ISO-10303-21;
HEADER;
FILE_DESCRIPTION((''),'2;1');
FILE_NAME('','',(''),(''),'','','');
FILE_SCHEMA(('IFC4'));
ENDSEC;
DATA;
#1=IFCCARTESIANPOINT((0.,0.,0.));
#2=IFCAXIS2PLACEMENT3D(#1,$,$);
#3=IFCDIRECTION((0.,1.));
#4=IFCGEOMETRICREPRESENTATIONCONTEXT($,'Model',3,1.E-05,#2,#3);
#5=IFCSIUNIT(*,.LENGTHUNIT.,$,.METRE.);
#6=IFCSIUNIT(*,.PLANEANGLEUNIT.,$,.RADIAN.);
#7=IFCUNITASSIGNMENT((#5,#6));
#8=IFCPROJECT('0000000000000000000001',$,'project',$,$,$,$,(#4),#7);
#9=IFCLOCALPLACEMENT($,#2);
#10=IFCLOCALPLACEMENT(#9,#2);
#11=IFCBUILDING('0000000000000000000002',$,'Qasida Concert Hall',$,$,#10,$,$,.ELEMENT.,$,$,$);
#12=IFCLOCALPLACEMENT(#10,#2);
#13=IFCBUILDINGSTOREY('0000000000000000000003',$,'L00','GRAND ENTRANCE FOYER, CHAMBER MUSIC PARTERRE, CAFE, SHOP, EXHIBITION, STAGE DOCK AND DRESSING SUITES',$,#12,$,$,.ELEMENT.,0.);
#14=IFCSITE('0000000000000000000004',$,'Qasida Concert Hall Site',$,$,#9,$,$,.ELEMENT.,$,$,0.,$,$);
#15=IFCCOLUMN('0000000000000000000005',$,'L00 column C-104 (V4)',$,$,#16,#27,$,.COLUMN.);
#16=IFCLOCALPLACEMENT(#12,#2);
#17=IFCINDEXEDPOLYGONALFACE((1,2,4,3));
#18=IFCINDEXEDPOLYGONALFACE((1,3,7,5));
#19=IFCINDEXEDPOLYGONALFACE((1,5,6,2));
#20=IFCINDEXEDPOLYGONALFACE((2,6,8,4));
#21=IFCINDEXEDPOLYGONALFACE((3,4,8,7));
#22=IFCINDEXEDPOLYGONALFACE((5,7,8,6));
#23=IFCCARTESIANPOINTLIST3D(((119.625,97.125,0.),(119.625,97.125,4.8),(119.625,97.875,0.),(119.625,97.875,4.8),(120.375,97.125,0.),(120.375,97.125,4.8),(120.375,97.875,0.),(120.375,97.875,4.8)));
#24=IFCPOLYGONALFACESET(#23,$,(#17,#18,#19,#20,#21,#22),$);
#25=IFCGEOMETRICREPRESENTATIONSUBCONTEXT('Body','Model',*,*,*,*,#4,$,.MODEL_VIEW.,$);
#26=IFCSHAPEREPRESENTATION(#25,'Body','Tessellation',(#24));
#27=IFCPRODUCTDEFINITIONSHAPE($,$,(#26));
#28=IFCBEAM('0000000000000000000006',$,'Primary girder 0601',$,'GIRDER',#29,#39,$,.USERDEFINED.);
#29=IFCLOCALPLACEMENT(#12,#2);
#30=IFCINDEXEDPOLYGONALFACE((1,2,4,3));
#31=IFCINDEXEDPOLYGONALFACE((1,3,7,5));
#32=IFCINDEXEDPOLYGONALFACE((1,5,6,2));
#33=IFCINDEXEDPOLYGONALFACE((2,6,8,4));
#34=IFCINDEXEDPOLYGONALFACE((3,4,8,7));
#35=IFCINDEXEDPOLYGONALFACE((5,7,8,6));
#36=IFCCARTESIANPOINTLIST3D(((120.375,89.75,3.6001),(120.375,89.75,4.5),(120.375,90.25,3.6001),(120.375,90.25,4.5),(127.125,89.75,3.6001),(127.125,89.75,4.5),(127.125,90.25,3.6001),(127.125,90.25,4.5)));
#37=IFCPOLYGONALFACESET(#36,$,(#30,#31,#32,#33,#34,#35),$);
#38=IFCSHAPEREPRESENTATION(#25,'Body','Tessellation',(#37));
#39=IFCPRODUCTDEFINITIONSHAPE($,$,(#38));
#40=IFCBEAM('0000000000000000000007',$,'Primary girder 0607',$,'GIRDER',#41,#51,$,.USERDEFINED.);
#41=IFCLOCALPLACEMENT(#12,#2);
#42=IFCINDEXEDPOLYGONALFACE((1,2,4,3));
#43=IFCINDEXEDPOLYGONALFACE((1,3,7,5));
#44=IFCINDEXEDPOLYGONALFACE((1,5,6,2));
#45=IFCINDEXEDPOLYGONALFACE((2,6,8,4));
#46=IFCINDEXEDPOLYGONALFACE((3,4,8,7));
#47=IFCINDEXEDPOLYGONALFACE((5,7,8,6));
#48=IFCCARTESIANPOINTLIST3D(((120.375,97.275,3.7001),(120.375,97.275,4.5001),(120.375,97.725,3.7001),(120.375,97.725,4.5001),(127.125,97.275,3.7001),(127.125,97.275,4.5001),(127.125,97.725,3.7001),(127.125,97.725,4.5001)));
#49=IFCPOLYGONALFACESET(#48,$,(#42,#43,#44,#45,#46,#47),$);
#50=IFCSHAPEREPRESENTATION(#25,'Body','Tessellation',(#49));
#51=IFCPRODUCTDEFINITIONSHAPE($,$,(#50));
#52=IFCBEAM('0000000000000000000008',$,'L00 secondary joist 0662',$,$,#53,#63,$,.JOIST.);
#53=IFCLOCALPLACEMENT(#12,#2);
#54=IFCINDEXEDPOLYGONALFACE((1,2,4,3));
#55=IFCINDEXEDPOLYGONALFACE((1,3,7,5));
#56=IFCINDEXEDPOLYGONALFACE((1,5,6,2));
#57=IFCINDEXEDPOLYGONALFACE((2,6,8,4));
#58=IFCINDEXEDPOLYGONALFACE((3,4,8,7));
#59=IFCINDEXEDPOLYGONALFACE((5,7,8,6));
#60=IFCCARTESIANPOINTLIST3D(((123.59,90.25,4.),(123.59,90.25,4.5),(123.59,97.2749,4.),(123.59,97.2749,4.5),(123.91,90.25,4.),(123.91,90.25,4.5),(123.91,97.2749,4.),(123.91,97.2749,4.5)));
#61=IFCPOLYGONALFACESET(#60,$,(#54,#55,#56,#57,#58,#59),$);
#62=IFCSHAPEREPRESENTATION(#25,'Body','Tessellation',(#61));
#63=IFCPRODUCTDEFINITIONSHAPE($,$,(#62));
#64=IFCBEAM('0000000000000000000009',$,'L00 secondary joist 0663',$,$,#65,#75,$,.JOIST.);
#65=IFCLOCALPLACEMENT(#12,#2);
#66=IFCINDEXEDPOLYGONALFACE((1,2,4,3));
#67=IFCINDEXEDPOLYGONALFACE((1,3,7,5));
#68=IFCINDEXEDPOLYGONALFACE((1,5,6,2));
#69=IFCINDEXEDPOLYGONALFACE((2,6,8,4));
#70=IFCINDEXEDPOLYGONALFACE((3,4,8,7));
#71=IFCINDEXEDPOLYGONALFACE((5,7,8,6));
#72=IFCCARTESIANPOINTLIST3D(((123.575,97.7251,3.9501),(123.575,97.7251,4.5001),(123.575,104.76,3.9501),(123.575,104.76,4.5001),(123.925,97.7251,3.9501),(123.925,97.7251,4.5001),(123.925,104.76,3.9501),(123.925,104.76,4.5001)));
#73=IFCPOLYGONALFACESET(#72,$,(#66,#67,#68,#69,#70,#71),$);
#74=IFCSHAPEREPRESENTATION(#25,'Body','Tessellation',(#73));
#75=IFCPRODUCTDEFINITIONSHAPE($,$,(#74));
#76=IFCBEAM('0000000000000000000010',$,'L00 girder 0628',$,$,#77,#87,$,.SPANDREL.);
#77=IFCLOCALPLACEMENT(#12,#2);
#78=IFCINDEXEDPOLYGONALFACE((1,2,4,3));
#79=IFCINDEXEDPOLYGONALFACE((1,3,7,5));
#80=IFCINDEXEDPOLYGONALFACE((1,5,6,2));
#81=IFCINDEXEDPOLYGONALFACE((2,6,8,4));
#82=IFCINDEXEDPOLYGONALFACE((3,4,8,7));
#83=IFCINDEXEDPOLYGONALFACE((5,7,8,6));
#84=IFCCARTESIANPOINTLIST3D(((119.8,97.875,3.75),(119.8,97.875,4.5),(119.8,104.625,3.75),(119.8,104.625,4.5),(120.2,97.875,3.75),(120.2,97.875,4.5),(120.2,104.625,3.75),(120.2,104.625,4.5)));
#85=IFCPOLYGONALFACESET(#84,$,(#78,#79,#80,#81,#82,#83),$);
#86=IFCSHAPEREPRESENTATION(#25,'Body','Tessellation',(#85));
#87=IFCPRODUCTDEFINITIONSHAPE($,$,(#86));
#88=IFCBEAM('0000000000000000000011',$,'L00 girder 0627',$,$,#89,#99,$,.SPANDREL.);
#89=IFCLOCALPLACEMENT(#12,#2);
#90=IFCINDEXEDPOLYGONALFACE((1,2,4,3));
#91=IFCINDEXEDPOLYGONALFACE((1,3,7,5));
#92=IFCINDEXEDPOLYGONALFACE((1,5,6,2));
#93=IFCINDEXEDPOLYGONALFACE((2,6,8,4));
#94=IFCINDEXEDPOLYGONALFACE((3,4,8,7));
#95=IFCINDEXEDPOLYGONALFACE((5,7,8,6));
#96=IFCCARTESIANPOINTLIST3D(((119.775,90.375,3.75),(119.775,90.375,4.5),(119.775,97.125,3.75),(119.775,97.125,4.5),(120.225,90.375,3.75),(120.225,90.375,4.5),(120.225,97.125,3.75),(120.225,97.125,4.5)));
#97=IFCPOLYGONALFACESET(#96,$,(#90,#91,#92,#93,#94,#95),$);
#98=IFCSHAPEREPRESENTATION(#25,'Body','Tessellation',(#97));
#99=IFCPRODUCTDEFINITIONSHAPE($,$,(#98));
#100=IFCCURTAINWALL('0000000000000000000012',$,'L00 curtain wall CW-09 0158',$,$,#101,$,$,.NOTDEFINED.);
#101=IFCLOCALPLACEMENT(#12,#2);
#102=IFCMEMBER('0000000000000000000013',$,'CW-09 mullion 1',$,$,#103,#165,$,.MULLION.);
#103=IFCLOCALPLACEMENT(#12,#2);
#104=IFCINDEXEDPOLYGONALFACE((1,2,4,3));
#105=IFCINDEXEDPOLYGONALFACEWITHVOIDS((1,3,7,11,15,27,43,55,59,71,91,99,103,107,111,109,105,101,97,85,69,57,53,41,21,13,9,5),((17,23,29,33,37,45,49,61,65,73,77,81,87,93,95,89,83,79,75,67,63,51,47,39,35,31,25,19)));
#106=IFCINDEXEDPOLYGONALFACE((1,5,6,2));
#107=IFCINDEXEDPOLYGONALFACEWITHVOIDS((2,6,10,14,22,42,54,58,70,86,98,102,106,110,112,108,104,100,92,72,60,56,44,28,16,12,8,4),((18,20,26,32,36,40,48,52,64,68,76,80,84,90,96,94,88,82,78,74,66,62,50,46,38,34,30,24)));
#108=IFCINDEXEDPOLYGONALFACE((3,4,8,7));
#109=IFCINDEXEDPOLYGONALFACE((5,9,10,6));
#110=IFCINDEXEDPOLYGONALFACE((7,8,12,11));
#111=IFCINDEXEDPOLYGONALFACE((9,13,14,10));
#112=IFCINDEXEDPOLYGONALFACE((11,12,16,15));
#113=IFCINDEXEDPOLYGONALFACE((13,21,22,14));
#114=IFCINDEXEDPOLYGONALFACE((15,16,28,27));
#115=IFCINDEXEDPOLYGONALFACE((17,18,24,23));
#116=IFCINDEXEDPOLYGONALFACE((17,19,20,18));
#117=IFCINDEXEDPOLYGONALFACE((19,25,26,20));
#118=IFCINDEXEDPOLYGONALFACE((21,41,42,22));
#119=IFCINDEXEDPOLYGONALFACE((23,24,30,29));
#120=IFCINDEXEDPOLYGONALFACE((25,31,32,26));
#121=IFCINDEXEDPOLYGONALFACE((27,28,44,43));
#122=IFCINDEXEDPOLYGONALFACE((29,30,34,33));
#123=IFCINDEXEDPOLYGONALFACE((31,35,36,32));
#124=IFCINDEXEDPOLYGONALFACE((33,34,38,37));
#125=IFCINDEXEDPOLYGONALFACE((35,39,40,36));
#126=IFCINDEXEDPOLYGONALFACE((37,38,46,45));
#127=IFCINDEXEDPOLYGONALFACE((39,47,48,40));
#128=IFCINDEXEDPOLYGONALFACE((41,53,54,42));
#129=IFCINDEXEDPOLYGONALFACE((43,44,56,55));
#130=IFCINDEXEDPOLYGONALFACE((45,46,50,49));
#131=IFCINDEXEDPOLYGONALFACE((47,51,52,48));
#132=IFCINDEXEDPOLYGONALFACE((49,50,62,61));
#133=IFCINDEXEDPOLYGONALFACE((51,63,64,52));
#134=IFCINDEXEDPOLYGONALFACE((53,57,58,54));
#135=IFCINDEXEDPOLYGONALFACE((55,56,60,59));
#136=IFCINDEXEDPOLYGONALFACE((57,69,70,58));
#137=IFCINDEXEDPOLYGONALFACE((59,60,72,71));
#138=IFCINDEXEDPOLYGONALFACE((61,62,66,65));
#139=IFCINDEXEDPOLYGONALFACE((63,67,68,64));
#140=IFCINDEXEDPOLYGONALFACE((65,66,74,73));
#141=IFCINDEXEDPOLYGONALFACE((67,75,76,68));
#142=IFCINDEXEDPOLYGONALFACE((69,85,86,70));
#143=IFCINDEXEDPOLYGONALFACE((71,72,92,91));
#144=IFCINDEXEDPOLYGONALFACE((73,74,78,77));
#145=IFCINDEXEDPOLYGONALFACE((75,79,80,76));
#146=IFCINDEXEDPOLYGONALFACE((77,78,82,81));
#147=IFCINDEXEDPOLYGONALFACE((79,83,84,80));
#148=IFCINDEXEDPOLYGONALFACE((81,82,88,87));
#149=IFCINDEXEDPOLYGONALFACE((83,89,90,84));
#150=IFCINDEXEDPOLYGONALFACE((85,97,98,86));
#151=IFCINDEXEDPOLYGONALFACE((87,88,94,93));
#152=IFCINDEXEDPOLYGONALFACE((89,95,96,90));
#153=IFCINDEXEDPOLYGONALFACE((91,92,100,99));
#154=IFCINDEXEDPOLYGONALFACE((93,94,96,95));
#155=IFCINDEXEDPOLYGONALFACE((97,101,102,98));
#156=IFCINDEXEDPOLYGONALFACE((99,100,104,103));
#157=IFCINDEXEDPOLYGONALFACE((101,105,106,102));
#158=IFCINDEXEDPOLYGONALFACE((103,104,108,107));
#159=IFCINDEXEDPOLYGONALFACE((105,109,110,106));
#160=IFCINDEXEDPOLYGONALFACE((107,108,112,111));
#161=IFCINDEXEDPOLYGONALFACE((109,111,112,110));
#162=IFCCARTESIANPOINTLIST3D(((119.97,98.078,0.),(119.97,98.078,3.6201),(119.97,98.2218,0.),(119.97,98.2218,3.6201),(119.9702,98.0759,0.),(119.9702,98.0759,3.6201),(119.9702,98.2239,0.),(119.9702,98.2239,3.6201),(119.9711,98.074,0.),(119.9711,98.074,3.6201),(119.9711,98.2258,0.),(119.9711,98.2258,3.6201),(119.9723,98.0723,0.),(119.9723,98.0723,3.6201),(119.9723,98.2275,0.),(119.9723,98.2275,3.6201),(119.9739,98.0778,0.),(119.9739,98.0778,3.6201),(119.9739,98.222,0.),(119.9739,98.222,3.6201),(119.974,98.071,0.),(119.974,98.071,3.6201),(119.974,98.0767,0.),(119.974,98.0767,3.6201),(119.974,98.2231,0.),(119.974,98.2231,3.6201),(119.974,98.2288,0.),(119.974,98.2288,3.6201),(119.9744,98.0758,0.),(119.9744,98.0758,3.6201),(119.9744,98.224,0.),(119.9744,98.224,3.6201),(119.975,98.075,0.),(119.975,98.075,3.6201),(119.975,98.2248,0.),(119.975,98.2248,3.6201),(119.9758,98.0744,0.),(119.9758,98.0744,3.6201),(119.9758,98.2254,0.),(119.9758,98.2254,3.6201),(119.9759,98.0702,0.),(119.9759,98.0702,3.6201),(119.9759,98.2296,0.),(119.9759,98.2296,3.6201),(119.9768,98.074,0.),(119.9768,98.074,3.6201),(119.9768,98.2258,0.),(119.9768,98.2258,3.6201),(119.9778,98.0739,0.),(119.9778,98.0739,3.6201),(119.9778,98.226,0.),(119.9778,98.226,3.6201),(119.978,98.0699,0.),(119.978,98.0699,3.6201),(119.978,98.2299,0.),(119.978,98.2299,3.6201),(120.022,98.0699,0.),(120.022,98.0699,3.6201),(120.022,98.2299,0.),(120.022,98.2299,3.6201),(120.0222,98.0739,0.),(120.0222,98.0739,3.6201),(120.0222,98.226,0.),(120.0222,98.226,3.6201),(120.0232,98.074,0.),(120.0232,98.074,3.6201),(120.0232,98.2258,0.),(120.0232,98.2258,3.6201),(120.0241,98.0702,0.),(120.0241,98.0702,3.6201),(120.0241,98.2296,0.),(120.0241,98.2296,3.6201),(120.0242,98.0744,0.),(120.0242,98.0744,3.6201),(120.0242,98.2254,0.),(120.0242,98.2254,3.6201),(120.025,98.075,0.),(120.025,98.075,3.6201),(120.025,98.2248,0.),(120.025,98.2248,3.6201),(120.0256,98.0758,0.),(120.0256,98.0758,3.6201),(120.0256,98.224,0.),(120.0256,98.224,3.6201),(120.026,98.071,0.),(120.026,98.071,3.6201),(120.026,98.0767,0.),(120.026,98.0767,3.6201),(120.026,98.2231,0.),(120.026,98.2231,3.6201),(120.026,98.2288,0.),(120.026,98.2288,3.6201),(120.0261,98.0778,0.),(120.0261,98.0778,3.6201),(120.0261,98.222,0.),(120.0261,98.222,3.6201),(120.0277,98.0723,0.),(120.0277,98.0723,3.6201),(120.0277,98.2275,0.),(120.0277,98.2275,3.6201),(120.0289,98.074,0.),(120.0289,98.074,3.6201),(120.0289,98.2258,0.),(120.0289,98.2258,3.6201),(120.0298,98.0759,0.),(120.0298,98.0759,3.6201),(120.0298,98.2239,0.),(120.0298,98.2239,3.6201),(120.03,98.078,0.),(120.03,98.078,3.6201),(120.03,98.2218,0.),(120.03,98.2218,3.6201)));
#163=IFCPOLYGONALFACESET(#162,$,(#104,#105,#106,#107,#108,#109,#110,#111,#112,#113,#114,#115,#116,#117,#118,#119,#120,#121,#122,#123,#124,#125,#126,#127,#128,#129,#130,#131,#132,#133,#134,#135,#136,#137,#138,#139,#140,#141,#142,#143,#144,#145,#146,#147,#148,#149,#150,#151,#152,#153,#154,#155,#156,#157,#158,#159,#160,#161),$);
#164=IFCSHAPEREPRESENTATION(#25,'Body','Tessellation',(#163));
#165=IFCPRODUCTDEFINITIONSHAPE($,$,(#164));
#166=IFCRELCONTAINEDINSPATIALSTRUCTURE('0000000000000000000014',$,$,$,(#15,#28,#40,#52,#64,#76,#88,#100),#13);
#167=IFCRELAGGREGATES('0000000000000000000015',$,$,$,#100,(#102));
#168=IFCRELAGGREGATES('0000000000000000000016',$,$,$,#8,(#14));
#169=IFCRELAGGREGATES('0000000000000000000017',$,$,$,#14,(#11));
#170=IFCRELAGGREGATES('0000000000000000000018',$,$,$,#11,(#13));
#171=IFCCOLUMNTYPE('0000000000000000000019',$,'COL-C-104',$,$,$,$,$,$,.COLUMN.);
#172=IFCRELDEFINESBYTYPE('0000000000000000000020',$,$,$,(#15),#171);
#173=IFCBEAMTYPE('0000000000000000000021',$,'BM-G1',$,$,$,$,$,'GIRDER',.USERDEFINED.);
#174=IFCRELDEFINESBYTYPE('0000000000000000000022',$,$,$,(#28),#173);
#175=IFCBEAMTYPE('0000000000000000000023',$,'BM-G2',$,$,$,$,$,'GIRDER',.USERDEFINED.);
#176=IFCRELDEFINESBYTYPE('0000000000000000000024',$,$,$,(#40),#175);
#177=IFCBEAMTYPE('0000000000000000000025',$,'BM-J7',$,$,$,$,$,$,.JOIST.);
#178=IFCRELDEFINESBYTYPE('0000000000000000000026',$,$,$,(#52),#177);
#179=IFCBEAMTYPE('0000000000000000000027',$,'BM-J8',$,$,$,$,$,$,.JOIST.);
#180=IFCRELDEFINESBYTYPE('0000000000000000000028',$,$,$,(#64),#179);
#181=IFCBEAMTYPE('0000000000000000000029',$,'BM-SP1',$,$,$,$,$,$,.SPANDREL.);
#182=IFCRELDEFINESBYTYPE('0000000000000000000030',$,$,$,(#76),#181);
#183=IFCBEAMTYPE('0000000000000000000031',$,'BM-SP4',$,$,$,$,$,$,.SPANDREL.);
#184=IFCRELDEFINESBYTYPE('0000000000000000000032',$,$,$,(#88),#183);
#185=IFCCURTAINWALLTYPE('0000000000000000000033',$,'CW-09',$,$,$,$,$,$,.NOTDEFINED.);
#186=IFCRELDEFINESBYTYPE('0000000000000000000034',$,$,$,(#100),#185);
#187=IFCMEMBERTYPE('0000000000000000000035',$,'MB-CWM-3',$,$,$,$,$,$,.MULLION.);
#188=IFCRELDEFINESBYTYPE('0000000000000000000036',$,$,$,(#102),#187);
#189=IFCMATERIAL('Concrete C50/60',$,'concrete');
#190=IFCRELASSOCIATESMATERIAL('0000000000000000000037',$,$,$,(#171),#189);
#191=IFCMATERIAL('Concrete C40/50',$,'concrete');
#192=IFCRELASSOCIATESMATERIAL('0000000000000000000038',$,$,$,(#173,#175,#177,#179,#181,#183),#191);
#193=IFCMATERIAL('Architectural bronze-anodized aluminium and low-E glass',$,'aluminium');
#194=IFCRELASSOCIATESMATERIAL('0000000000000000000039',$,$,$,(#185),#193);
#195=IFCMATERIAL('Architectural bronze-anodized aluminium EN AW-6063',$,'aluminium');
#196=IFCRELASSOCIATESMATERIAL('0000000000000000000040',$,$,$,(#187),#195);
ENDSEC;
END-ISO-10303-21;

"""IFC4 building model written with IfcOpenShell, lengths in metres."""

from ifc_helpers import new_model, si_unit, direction, frame, origin, origin_2d, place, context, subcontext, project, spatial, rectangle, hollow_rectangle, extrude, material, material_profile, profile_set, type_object, element, aggregate, save


model = new_model("IFC4")

# Units and contexts
model_context = context("Model", 3, precision=1e-05, world=origin(), true_north=direction((0.0, 1.0)))
body_context = subcontext(model_context, "Body", "Model", "MODEL_VIEW")
ifc_project = project(units=[si_unit("LENGTHUNIT", "METRE"), si_unit("PLANEANGLEUNIT", "RADIAN")], contexts=[model_context])

# Site, building, storey
site_placement = place(None, origin())
site = spatial("IfcSite", under=ifc_project, at=site_placement, Name="Qasida Concert Hall Site", CompositionType="ELEMENT", RefElevation=0.0)
building_placement = place(site_placement, origin())
building = spatial("IfcBuilding", under=site, at=building_placement, Name="Qasida Concert Hall", CompositionType="ELEMENT")
storey_placement = place(building_placement, origin())
storey = spatial("IfcBuildingStorey", under=building, at=storey_placement, Name="L00", Description="GRAND ENTRANCE FOYER, CHAMBER MUSIC PARTERRE, CAFE, SHOP, EXHIBITION, STAGE DOCK AND DRESSING SUITES", CompositionType="ELEMENT", Elevation=0.0)

# Column
ifc_material_1 = material(Name="Concrete C50/60", Category="concrete")
ifc_material_profile_1 = material_profile(ifc_material_1, rectangle(XDim=0.75, YDim=0.75, at=origin_2d()), Name="RC 750x750")
ifc_profile_set_1 = profile_set([ifc_material_profile_1], Name="Concrete C50/60")
column_type = type_object("IfcColumnType", Name="COL-C-104", PredefinedType="COLUMN", material=ifc_profile_set_1)
column_placement = place(storey_placement, frame((120.0, 97.5, 0.0), z_axis=(0.0, 0.0, 1.0), x_axis=(1.0, 0.0, 0.0)))
element("IfcColumn", 1, at=column_placement, inside=storey, type_object=column_type, Name="L00 column C-104 (V4)", PredefinedType="COLUMN", context=body_context, shape_type="SweptSolid", body=[
    extrude(rectangle(XDim=0.75, YDim=0.75, at=origin_2d()), origin(), (0.0, 0.0, 1.0), 4.8),
])

# Beams
ifc_material_2 = material(Name="Concrete C40/50", Category="concrete")
ifc_material_profile_2 = material_profile(ifc_material_2, rectangle(XDim=0.5, YDim=0.8999, at=origin_2d()), Name="RC 500x900")
ifc_profile_set_2 = profile_set([ifc_material_profile_2], Name="Concrete C40/50")
beam_type_1 = type_object("IfcBeamType", Name="BM-G1", ElementType="GIRDER", PredefinedType="USERDEFINED", material=ifc_profile_set_2)
beam_1_placement = place(storey_placement, frame((120.375, 90.0, 4.05), z_axis=(1.0, 0.0, 0.0), x_axis=(0.0, 1.0, 0.0)))
element("IfcBeam", 2, at=beam_1_placement, inside=storey, type_object=beam_type_1, Name="Primary girder 0601", ObjectType="GIRDER", PredefinedType="USERDEFINED", context=body_context, shape_type="SweptSolid", body=[
    extrude(rectangle(XDim=0.5, YDim=0.8999, at=origin_2d()), origin(), (0.0, 0.0, 1.0), 6.75),
])
ifc_material_profile_3 = material_profile(ifc_material_2, rectangle(XDim=0.45, YDim=0.8, at=origin_2d()), Name="RC 450x800")
ifc_profile_set_3 = profile_set([ifc_material_profile_3], Name="Concrete C40/50")
beam_type_2 = type_object("IfcBeamType", Name="BM-G2", ElementType="GIRDER", PredefinedType="USERDEFINED", material=ifc_profile_set_3)
beam_2_placement = place(storey_placement, frame((120.375, 97.5, 4.1001), z_axis=(1.0, 0.0, 0.0), x_axis=(0.0, 1.0, 0.0)))
element("IfcBeam", 3, at=beam_2_placement, inside=storey, type_object=beam_type_2, Name="Primary girder 0607", ObjectType="GIRDER", PredefinedType="USERDEFINED", context=body_context, shape_type="SweptSolid", body=[
    extrude(rectangle(XDim=0.45, YDim=0.8, at=origin_2d()), origin(), (0.0, 0.0, 1.0), 6.75),
])
ifc_material_profile_4 = material_profile(ifc_material_2, rectangle(XDim=0.3201, YDim=0.5, at=origin_2d()), Name="RC 320x500")
ifc_profile_set_4 = profile_set([ifc_material_profile_4], Name="Concrete C40/50")
beam_type_3 = type_object("IfcBeamType", Name="BM-J7", PredefinedType="JOIST", material=ifc_profile_set_4)
beam_3_placement = place(storey_placement, frame((123.75, 90.25, 4.25), z_axis=(0.0, 1.0, 0.0), x_axis=(-1.0, 0.0, 0.0)))
element("IfcBeam", 4, at=beam_3_placement, inside=storey, type_object=beam_type_3, Name="L00 secondary joist 0662", PredefinedType="JOIST", context=body_context, shape_type="SweptSolid", body=[
    extrude(rectangle(XDim=0.3201, YDim=0.5, at=origin_2d()), origin(), (0.0, 0.0, 1.0), 7.0249),
])
ifc_material_profile_5 = material_profile(ifc_material_2, rectangle(XDim=0.3501, YDim=0.55, at=origin_2d()), Name="RC 350x550")
ifc_profile_set_5 = profile_set([ifc_material_profile_5], Name="Concrete C40/50")
beam_type_4 = type_object("IfcBeamType", Name="BM-J8", PredefinedType="JOIST", material=ifc_profile_set_5)
beam_4_placement = place(storey_placement, frame((123.75, 97.7251, 4.2251), z_axis=(0.0, 1.0, 0.0), x_axis=(-1.0, 0.0, 0.0)))
element("IfcBeam", 5, at=beam_4_placement, inside=storey, type_object=beam_type_4, Name="L00 secondary joist 0663", PredefinedType="JOIST", context=body_context, shape_type="SweptSolid", body=[
    extrude(rectangle(XDim=0.3501, YDim=0.55, at=origin_2d()), origin(), (0.0, 0.0, 1.0), 7.0349),
])
ifc_material_profile_6 = material_profile(ifc_material_2, rectangle(XDim=0.3999, YDim=0.75, at=origin_2d()), Name="RC 400x750")
ifc_profile_set_6 = profile_set([ifc_material_profile_6], Name="Concrete C40/50")
beam_type_5 = type_object("IfcBeamType", Name="BM-SP1", PredefinedType="SPANDREL", material=ifc_profile_set_6)
beam_5_placement = place(storey_placement, frame((120.0, 97.875, 4.125), z_axis=(0.0, 1.0, 0.0), x_axis=(-1.0, 0.0, 0.0)))
element("IfcBeam", 6, at=beam_5_placement, inside=storey, type_object=beam_type_5, Name="L00 girder 0628", PredefinedType="SPANDREL", context=body_context, shape_type="SweptSolid", body=[
    extrude(rectangle(XDim=0.3999, YDim=0.75, at=origin_2d()), origin(), (0.0, 0.0, 1.0), 6.75),
])
ifc_material_profile_7 = material_profile(ifc_material_2, rectangle(XDim=0.45, YDim=0.75, at=origin_2d()), Name="RC 450x750")
ifc_profile_set_7 = profile_set([ifc_material_profile_7], Name="Concrete C40/50")
beam_type_6 = type_object("IfcBeamType", Name="BM-SP4", PredefinedType="SPANDREL", material=ifc_profile_set_7)
beam_6_placement = place(storey_placement, frame((120.0, 90.375, 4.125), z_axis=(0.0, 1.0, 0.0), x_axis=(-1.0, 0.0, 0.0)))
element("IfcBeam", 7, at=beam_6_placement, inside=storey, type_object=beam_type_6, Name="L00 girder 0627", PredefinedType="SPANDREL", context=body_context, shape_type="SweptSolid", body=[
    extrude(rectangle(XDim=0.45, YDim=0.75, at=origin_2d()), origin(), (0.0, 0.0, 1.0), 6.75),
])

# Curtain wall, member
ifc_material_3 = material(Name="Architectural bronze-anodized aluminium and low-E glass", Category="aluminium")
curtain_wall_type = type_object("IfcCurtainWallType", Name="CW-09", PredefinedType="NOTDEFINED", material=ifc_material_3)
curtain_wall_placement = place(storey_placement, origin())
curtain_wall = element("IfcCurtainWall", 8, at=curtain_wall_placement, inside=storey, type_object=curtain_wall_type, Name="L00 curtain wall CW-09 0158", PredefinedType="NOTDEFINED")
ifc_material_4 = material(Name="Architectural bronze-anodized aluminium EN AW-6063", Category="aluminium")
ifc_material_profile_8 = material_profile(ifc_material_4, hollow_rectangle(XDim=0.0601, YDim=0.1599, WallThickness=0.0039, InnerFilletRadius=0.0039, OuterFilletRadius=0.0081, at=origin_2d()), Name="CWM 160x60x4")
ifc_profile_set_8 = profile_set([ifc_material_profile_8], Name="Architectural bronze-anodized aluminium EN AW-6063")
member_type_1 = type_object("IfcMemberType", Name="MB-CWM-3", PredefinedType="MULLION", material=ifc_profile_set_8)
member_1_placement = place(storey_placement, frame((120.0, 98.1499, 0.0), z_axis=(0.0, 0.0, 1.0), x_axis=(-1.0, 0.0, 0.0)))
member_1 = element("IfcMember", 9, at=member_1_placement, type_object=member_type_1, Name="CW-09 mullion 1", PredefinedType="MULLION", context=body_context, shape_type="SweptSolid", body=[
    extrude(hollow_rectangle(XDim=0.0601, YDim=0.1599, WallThickness=0.0039, InnerFilletRadius=0.0039, OuterFilletRadius=0.0081, at=origin_2d()), origin(), (0.0, 0.0, 1.0), 3.6201),
])
aggregate(curtain_wall, [member_1])

save(model, "model.ifc")
